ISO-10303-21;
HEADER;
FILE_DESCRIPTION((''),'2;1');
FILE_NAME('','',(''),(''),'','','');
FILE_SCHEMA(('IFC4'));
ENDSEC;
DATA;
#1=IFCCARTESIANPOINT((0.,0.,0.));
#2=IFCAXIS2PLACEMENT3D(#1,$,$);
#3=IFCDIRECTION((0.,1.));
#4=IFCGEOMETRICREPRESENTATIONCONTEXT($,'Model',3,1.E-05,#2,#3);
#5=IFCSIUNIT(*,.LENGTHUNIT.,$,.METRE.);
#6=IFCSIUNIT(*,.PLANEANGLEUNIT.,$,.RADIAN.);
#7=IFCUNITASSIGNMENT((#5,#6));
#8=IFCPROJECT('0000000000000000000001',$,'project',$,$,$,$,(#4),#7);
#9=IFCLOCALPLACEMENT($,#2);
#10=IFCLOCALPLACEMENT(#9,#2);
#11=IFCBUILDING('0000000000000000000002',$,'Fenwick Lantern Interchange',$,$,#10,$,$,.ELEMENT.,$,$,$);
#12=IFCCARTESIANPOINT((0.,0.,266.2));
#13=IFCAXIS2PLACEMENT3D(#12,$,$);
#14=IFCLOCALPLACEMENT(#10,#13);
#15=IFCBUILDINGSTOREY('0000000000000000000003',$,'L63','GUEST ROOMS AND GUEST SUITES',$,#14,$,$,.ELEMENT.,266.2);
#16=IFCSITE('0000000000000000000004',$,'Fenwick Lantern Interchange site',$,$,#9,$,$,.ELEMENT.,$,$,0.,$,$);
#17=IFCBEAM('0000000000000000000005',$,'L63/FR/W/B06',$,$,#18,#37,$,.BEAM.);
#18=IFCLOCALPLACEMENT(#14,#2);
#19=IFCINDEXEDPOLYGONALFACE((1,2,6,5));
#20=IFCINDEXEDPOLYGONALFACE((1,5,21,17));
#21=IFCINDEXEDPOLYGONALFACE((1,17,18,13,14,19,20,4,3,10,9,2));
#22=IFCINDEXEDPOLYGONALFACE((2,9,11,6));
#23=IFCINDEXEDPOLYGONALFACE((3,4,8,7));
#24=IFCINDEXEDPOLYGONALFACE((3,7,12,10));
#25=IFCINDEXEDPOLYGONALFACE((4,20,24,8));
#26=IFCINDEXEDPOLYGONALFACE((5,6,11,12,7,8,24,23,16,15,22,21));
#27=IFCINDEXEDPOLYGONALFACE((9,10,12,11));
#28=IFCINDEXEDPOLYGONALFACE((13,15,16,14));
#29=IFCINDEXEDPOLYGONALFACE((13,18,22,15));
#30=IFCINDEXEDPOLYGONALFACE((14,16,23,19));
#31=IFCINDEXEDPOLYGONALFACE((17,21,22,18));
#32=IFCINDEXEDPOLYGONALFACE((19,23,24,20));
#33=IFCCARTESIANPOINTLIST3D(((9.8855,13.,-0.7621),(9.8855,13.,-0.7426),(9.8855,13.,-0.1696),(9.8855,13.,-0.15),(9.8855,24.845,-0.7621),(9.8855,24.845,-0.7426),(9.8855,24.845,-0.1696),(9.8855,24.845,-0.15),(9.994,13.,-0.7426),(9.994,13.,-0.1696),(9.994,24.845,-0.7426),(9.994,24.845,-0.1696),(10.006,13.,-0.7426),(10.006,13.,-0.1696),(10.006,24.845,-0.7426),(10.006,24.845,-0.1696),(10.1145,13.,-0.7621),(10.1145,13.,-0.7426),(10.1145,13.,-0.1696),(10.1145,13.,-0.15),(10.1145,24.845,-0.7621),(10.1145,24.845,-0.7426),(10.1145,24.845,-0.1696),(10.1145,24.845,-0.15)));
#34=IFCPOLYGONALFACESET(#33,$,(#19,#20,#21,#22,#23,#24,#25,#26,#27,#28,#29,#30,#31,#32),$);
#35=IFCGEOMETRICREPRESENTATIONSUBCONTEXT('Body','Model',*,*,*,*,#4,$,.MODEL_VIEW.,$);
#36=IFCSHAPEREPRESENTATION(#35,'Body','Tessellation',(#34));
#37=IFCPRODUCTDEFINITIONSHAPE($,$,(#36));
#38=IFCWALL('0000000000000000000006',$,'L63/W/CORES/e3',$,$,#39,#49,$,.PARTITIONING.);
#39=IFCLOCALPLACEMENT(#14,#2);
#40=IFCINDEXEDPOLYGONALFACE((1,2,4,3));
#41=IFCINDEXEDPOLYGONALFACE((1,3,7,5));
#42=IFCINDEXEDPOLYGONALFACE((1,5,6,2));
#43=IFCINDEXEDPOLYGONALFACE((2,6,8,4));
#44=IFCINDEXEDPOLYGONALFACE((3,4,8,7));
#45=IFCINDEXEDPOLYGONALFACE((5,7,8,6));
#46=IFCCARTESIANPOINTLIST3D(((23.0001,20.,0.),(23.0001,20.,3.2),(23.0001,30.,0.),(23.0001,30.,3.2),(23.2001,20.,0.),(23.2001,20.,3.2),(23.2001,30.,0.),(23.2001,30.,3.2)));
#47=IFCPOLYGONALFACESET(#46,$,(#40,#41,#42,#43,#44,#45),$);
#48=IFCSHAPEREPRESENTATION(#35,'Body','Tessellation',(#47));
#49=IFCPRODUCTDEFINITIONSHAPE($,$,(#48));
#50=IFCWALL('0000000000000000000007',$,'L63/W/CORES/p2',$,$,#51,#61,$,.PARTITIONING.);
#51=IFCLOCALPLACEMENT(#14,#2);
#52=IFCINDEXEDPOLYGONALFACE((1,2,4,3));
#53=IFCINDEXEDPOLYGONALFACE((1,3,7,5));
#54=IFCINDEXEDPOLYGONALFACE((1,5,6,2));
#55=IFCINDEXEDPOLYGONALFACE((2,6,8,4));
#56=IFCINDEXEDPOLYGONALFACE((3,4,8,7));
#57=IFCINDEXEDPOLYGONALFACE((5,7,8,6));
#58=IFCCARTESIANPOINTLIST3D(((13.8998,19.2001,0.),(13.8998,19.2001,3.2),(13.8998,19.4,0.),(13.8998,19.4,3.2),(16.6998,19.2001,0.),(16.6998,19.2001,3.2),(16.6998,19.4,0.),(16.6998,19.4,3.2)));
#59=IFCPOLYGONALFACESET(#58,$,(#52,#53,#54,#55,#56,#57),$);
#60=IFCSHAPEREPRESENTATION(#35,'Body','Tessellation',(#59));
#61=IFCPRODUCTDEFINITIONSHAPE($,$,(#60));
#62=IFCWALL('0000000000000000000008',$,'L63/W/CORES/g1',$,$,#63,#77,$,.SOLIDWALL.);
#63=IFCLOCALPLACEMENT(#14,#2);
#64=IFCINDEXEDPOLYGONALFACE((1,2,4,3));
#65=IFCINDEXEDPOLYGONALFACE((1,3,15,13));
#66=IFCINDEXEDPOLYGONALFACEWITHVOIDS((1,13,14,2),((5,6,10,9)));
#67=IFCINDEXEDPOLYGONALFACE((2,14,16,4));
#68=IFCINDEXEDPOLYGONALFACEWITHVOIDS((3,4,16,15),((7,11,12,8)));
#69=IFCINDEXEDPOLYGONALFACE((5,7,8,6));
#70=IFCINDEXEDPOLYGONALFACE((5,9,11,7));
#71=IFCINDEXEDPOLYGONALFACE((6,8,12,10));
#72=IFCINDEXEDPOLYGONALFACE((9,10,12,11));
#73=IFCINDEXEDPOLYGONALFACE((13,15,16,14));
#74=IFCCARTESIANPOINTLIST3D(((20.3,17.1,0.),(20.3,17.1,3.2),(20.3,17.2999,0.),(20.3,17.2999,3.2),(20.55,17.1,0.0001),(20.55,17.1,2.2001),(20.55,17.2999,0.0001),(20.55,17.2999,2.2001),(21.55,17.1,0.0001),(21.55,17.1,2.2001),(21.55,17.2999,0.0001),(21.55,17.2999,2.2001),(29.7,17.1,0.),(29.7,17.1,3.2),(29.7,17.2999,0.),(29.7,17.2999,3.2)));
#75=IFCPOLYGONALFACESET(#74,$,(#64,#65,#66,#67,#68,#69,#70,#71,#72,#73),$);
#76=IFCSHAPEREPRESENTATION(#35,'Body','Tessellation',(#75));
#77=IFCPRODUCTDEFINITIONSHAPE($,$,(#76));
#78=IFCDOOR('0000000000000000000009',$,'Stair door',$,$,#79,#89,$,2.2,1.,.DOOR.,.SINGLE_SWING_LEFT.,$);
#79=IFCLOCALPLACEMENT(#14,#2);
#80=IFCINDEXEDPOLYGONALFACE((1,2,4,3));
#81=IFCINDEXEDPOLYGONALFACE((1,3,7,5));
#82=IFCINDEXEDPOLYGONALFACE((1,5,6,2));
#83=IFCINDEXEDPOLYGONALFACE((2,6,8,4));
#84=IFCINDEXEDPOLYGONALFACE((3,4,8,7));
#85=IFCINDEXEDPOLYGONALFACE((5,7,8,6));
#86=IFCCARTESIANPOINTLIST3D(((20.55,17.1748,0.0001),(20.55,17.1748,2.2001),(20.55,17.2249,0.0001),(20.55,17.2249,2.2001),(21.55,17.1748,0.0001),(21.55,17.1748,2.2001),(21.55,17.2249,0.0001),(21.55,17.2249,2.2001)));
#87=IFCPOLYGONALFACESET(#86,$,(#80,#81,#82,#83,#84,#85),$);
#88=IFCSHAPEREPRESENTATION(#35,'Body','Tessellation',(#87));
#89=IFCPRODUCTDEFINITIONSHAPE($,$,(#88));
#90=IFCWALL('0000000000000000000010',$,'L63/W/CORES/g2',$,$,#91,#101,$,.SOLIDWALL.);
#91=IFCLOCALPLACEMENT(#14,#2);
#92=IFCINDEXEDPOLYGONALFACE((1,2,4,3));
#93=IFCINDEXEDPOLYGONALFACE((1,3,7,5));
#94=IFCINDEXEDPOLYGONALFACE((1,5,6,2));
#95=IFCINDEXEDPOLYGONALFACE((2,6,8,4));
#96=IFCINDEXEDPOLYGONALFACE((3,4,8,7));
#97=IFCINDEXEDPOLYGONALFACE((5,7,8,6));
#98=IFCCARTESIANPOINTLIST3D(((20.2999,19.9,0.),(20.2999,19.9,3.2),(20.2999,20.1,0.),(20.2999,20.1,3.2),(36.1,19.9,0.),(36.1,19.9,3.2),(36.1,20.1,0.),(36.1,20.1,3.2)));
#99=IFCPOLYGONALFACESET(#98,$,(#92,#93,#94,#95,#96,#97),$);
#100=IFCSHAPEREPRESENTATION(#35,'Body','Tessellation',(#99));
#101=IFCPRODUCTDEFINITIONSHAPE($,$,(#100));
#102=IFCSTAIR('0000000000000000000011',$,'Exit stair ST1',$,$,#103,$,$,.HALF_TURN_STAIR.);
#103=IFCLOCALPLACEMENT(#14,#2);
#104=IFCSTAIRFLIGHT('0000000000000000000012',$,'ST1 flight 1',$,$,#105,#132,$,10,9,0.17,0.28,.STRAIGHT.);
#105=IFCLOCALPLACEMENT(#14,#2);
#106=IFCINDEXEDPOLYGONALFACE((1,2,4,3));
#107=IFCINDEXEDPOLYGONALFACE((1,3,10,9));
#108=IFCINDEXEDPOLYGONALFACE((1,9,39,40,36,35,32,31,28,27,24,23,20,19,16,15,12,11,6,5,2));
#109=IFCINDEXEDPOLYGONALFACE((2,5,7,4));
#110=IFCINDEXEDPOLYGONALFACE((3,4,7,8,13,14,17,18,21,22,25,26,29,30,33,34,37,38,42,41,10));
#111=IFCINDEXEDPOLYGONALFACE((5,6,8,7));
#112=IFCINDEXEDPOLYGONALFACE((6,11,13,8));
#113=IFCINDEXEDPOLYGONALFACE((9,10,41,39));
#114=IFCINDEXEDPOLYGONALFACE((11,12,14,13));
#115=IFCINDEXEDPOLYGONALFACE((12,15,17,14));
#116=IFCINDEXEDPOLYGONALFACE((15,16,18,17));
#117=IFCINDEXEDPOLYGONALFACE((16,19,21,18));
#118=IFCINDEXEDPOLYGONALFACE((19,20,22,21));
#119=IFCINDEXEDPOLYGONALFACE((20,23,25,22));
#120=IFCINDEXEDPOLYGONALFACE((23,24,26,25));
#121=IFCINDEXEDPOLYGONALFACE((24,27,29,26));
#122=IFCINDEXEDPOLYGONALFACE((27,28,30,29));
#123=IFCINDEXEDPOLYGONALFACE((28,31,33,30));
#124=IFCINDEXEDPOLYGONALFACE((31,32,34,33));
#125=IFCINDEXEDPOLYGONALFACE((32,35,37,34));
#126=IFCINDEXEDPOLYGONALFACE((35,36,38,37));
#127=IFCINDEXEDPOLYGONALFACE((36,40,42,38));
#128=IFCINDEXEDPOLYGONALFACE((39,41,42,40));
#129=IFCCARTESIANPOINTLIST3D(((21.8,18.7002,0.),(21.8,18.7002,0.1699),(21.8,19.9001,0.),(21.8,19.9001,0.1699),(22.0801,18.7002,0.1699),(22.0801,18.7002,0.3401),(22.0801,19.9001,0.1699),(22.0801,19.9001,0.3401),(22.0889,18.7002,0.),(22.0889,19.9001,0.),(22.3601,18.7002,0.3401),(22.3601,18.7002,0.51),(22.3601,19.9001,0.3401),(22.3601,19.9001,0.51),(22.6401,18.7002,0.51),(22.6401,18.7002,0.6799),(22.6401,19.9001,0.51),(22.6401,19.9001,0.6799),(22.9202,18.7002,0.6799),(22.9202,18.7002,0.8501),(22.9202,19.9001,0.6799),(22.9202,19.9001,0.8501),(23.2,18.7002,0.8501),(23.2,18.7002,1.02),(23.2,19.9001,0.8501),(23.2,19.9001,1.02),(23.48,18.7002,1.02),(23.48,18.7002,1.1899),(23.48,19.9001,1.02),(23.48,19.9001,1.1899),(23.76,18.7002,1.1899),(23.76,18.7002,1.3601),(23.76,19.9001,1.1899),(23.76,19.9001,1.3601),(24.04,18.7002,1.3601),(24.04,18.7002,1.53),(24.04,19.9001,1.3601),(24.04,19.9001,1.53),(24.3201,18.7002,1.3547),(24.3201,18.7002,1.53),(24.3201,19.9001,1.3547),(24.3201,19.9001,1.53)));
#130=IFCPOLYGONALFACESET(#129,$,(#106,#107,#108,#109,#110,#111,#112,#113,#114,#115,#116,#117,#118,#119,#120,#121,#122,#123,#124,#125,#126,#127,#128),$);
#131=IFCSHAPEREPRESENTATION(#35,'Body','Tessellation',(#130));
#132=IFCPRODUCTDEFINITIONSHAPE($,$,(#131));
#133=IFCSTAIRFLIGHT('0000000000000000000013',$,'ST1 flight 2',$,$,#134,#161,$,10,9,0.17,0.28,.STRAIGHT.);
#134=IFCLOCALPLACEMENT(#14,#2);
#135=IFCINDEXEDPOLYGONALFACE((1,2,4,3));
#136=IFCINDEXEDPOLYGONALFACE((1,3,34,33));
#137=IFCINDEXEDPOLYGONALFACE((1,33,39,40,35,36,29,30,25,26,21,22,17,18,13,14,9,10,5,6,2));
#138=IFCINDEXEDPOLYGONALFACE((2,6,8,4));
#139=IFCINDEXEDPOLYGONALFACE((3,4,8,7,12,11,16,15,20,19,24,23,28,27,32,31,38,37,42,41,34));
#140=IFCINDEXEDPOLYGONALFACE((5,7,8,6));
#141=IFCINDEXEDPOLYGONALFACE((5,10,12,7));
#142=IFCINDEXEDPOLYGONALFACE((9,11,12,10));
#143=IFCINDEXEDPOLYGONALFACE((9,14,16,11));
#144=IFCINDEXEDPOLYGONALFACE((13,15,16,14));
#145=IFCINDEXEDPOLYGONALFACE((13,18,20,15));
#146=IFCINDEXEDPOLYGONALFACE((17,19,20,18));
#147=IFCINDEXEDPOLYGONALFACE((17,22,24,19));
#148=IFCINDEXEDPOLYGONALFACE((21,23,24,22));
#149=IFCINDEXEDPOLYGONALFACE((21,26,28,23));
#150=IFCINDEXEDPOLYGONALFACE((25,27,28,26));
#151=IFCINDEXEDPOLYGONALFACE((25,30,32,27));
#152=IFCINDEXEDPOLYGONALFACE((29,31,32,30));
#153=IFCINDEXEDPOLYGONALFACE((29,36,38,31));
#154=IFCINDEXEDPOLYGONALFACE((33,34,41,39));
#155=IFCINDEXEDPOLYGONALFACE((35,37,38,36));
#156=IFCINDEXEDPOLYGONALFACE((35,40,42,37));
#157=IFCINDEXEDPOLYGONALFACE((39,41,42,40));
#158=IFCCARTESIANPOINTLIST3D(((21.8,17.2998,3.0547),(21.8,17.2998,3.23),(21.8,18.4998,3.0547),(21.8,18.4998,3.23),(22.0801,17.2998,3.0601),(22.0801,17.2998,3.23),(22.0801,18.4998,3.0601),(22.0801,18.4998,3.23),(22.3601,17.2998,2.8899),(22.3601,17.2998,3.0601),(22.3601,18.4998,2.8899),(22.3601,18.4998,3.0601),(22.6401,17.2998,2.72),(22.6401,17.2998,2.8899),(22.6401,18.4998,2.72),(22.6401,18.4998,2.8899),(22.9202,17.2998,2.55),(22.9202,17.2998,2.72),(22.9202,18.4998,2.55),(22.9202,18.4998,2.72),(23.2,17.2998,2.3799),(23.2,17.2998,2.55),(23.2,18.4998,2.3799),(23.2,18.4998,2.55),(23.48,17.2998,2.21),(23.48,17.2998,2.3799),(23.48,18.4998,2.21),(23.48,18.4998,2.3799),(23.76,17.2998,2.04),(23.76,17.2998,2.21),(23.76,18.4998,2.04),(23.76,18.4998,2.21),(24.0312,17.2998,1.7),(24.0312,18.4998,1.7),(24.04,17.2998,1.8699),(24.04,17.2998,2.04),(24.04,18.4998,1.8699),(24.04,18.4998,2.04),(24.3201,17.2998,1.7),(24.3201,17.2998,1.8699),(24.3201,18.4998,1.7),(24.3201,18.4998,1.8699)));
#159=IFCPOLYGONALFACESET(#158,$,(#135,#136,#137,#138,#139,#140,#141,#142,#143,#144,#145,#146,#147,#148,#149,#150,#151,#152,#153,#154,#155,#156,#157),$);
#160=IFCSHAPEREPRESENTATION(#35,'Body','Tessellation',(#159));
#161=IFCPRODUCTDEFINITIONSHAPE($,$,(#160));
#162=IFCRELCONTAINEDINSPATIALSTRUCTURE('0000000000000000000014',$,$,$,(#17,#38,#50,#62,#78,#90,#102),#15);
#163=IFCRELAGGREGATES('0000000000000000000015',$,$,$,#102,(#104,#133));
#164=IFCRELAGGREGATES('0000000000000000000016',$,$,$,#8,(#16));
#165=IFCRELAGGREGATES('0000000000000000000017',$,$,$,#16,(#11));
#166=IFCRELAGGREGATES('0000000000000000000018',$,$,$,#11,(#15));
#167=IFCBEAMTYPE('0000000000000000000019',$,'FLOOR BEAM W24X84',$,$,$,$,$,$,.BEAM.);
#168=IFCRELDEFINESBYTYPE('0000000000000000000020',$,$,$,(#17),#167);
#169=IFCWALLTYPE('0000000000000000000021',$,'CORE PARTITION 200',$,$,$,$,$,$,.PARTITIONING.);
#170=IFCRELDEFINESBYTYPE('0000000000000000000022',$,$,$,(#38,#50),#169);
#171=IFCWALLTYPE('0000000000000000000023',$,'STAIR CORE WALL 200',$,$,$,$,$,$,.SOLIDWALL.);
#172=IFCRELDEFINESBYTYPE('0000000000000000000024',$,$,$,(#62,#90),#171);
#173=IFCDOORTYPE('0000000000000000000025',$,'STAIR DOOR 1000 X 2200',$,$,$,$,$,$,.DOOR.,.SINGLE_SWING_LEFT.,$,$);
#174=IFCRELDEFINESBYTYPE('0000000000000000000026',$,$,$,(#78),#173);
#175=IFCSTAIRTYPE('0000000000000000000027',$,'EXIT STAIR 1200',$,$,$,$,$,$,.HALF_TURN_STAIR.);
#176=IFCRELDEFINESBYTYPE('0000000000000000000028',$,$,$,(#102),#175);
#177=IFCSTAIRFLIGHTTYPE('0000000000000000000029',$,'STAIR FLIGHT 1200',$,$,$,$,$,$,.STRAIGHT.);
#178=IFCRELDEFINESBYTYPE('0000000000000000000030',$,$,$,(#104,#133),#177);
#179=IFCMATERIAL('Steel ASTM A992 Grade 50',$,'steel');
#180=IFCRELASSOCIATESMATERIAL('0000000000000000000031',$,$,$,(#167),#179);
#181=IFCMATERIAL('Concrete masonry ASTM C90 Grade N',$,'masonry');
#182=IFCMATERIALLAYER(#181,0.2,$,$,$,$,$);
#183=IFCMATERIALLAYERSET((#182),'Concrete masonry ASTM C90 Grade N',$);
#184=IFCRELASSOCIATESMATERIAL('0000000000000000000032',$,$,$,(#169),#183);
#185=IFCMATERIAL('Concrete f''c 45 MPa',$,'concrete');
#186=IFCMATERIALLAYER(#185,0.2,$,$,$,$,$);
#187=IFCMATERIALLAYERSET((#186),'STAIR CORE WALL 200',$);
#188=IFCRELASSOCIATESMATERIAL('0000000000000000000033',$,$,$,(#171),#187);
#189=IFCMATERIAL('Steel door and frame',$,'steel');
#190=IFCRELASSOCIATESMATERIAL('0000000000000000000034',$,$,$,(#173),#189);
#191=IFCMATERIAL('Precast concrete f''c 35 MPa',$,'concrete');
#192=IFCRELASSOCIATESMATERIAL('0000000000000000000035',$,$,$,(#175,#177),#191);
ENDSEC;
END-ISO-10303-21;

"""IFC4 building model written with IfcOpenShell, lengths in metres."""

from ifc_helpers import new_model, si_unit, direction, frame, frame_2d, origin, origin_2d, place, context, subcontext, project, spatial, polyline, rectangle, i_section, outline, extrude, material, layer, layer_set, material_profile, profile_set, type_object, element, fill, aggregate, save


model = new_model("IFC4")

# Units and contexts
model_context = context("Model", 3, precision=1e-05, world=origin(), true_north=direction((0.0, 1.0)))
body_context = subcontext(model_context, "Body", "Model", "MODEL_VIEW")
ifc_project = project(units=[si_unit("LENGTHUNIT", "METRE"), si_unit("PLANEANGLEUNIT", "RADIAN")], contexts=[model_context])

# Site, building, storey
site_placement = place(None, origin())
site = spatial("IfcSite", under=ifc_project, at=site_placement, Name="Fenwick Lantern Interchange site", CompositionType="ELEMENT", RefElevation=0.0)
building_placement = place(site_placement, origin())
building = spatial("IfcBuilding", under=site, at=building_placement, Name="Fenwick Lantern Interchange", CompositionType="ELEMENT")
storey_placement = place(building_placement, frame((0.0, 0.0, 266.2)))
storey = spatial("IfcBuildingStorey", under=building, at=storey_placement, Name="L63", Description="GUEST ROOMS AND GUEST SUITES", CompositionType="ELEMENT", Elevation=266.2)

# Beam
ifc_material_1 = material(Name="Steel ASTM A992 Grade 50", Category="steel")
ifc_material_profile = material_profile(ifc_material_1, i_section(OverallWidth=0.229, OverallDepth=0.6121, WebThickness=0.012, FlangeThickness=0.0195, at=origin_2d()), Name="W24X84")
ifc_profile_set = profile_set([ifc_material_profile], Name="Steel ASTM A992 Grade 50")
beam_type = type_object("IfcBeamType", Name="FLOOR BEAM W24X84", PredefinedType="BEAM", material=ifc_profile_set)
beam_placement = place(storey_placement, frame((10.0, 24.845, -0.4561), z_axis=(0.0, -1.0, 0.0), x_axis=(1.0, 0.0, 0.0)))
element("IfcBeam", 1, at=beam_placement, inside=storey, type_object=beam_type, Name="L63/FR/W/B06", PredefinedType="BEAM", context=body_context, shape_type="SweptSolid", body=[
    extrude(i_section(OverallWidth=0.229, OverallDepth=0.6121, WebThickness=0.012, FlangeThickness=0.0195, at=origin_2d()), origin(), (0.0, 0.0, 1.0), 11.845),
])

# Walls
ifc_material_2 = material(Name="Concrete masonry ASTM C90 Grade N", Category="masonry")
ifc_layer_1 = layer(ifc_material_2, 0.2)
ifc_layer_set_1 = layer_set([ifc_layer_1], Name="Concrete masonry ASTM C90 Grade N")
wall_type_1 = type_object("IfcWallType", Name="CORE PARTITION 200", PredefinedType="PARTITIONING", material=ifc_layer_set_1)
wall_1_placement = place(storey_placement, frame((23.1001, 20.0, 0.0), z_axis=(0.0, 0.0, 1.0), x_axis=(0.0, 1.0, 0.0)))
element("IfcWall", 2, at=wall_1_placement, inside=storey, type_object=wall_type_1, Name="L63/W/CORES/e3", PredefinedType="PARTITIONING", context=body_context, shape_type="SweptSolid", body=[
    extrude(rectangle(XDim=10.0, YDim=0.2, at=frame_2d((5.0, 0.0))), origin(), (0.0, 0.0, 1.0), 3.2),
])
wall_2_placement = place(storey_placement, frame((13.8999, 19.3, 0.0), z_axis=(0.0, 0.0, 1.0), x_axis=(1.0, 0.0, 0.0)))
element("IfcWall", 3, at=wall_2_placement, inside=storey, type_object=wall_type_1, Name="L63/W/CORES/p2", PredefinedType="PARTITIONING", context=body_context, shape_type="SweptSolid", body=[
    extrude(rectangle(XDim=2.8, YDim=0.2, at=frame_2d((1.3999, 0.0))), origin(), (0.0, 0.0, 1.0), 3.2),
])

# Wall, opening, door
ifc_material_3 = material(Name="Concrete f'c 45 MPa", Category="concrete")
ifc_layer_2 = layer(ifc_material_3, 0.2)
ifc_layer_set_2 = layer_set([ifc_layer_2], Name="STAIR CORE WALL 200")
wall_type_2 = type_object("IfcWallType", Name="STAIR CORE WALL 200", PredefinedType="SOLIDWALL", material=ifc_layer_set_2)
wall_3_placement = place(storey_placement, frame((20.3, 17.2, 0.0), z_axis=(0.0, 0.0, 1.0), x_axis=(1.0, 0.0, 0.0)))
wall_3 = element("IfcWall", 4, at=wall_3_placement, inside=storey, type_object=wall_type_2, Name="L63/W/CORES/g1", PredefinedType="SOLIDWALL", context=body_context, shape_type="SweptSolid", body=[
    extrude(rectangle(XDim=9.3999, YDim=0.2, at=frame_2d((4.7, 0.0))), origin(), (0.0, 0.0, 1.0), 3.2),
])
opening_placement = place(wall_3_placement, frame((0.25, 0.0, 0.0)))
opening = element("IfcOpeningElement", 5, at=opening_placement, cuts=wall_3, PredefinedType="OPENING", context=body_context, shape_type="SweptSolid", body=[
    extrude(rectangle(XDim=1.0, YDim=2.2, at=frame_2d((0.5, 1.1001))), frame((0.0, 0.1099, 0.0), z_axis=(0.0, -1.0, 0.0), x_axis=(1.0, 0.0, 0.0)), (0.0, 0.0, 1.0), 0.22),
])
ifc_material_4 = material(Name="Steel door and frame", Category="steel")
door_type = type_object("IfcDoorType", Name="STAIR DOOR 1000 X 2200", OperationType="SINGLE_SWING_LEFT", PredefinedType="DOOR", material=ifc_material_4)
door_placement = place(opening_placement, origin())
door = element("IfcDoor", 6, at=door_placement, inside=storey, type_object=door_type, Name="Stair door", OperationType="SINGLE_SWING_LEFT", OverallHeight=2.2, OverallWidth=1.0, PredefinedType="DOOR", context=body_context, shape_type="SweptSolid", body=[
    extrude(rectangle(XDim=1.0, YDim=2.2, at=frame_2d((0.5, 1.1001))), frame((0.0, 0.0249, 0.0), z_axis=(0.0, -1.0, 0.0), x_axis=(1.0, 0.0, 0.0)), (0.0, 0.0, 1.0), 0.05),
])
fill(opening, door)

# Wall
wall_4_placement = place(storey_placement, frame((20.3, 20.0, 0.0), z_axis=(0.0, 0.0, 1.0), x_axis=(1.0, 0.0, 0.0)))
element("IfcWall", 7, at=wall_4_placement, inside=storey, type_object=wall_type_2, Name="L63/W/CORES/g2", PredefinedType="SOLIDWALL", context=body_context, shape_type="SweptSolid", body=[
    extrude(rectangle(XDim=15.8, YDim=0.2, at=frame_2d((7.8999, 0.0))), origin(), (0.0, 0.0, 1.0), 3.2),
])

# Stair, stair flights
ifc_material_5 = material(Name="Precast concrete f'c 35 MPa", Category="concrete")
stair_type = type_object("IfcStairType", Name="EXIT STAIR 1200", PredefinedType="HALF_TURN_STAIR", material=ifc_material_5)
stair_placement = place(storey_placement, origin())
stair = element("IfcStair", 8, at=stair_placement, inside=storey, type_object=stair_type, Name="Exit stair ST1", PredefinedType="HALF_TURN_STAIR")
stair_flight_type = type_object("IfcStairFlightType", Name="STAIR FLIGHT 1200", PredefinedType="STRAIGHT", material=ifc_material_5)
stair_flight_1_placement = place(storey_placement, frame((21.8, 19.3, 0.0), z_axis=(0.0, 0.0, 1.0), x_axis=(1.0, 0.0, 0.0)))
stair_flight_1 = element("IfcStairFlight", 9, at=stair_flight_1_placement, type_object=stair_flight_type, Name="ST1 flight 1", NumberOfRisers=10, NumberOfTreads=9, PredefinedType="STRAIGHT", RiserHeight=0.17, TreadLength=0.28, context=body_context, shape_type="SweptSolid", body=[
    extrude(outline(polyline([(0.0, 0.0), (0.0, 0.1699), (0.28, 0.1699), (0.28, 0.3401), (0.5601, 0.3401), (0.5601, 0.51), (0.8401, 0.51), (0.8401, 0.6799), (1.1201, 0.6799), (1.1201, 0.8501), (1.3999, 0.8501), (1.3999, 1.02), (1.6799, 1.02), (1.6799, 1.1899), (1.96, 1.1899), (1.96, 1.3601), (2.24, 1.3601), (2.24, 1.53), (2.52, 1.53), (2.52, 1.7), (2.52, 1.3547), (0.2888, 0.0), (0.0, 0.0)])), frame((0.0, 0.6001, 0.0), z_axis=(0.0, -1.0, 0.0), x_axis=(1.0, 0.0, 0.0)), (0.0, 0.0, 1.0), 1.2),
])
stair_flight_2_placement = place(storey_placement, frame((24.3201, 17.8999, 1.7), z_axis=(0.0, 0.0, 1.0), x_axis=(-1.0, 0.0, 0.0)))
stair_flight_2 = element("IfcStairFlight", 10, at=stair_flight_2_placement, type_object=stair_flight_type, Name="ST1 flight 2", NumberOfRisers=10, NumberOfTreads=9, PredefinedType="STRAIGHT", RiserHeight=0.17, TreadLength=0.28, context=body_context, shape_type="SweptSolid", body=[
    extrude(outline(polyline([(0.0, 0.0), (0.0, 0.1699), (0.28, 0.1699), (0.28, 0.3401), (0.5601, 0.3401), (0.5601, 0.51), (0.8401, 0.51), (0.8401, 0.6799), (1.1201, 0.6799), (1.1201, 0.8501), (1.3999, 0.8501), (1.3999, 1.02), (1.6799, 1.02), (1.6799, 1.1899), (1.96, 1.1899), (1.96, 1.3601), (2.24, 1.3601), (2.24, 1.53), (2.52, 1.53), (2.52, 1.7), (2.52, 1.3547), (0.2888, 0.0), (0.0, 0.0)])), frame((0.0, 0.6001, 0.0), z_axis=(0.0, -1.0, 0.0), x_axis=(1.0, 0.0, 0.0)), (0.0, 0.0, 1.0), 1.2),
])
aggregate(stair, [stair_flight_1, stair_flight_2])

save(model, "model.ifc")
